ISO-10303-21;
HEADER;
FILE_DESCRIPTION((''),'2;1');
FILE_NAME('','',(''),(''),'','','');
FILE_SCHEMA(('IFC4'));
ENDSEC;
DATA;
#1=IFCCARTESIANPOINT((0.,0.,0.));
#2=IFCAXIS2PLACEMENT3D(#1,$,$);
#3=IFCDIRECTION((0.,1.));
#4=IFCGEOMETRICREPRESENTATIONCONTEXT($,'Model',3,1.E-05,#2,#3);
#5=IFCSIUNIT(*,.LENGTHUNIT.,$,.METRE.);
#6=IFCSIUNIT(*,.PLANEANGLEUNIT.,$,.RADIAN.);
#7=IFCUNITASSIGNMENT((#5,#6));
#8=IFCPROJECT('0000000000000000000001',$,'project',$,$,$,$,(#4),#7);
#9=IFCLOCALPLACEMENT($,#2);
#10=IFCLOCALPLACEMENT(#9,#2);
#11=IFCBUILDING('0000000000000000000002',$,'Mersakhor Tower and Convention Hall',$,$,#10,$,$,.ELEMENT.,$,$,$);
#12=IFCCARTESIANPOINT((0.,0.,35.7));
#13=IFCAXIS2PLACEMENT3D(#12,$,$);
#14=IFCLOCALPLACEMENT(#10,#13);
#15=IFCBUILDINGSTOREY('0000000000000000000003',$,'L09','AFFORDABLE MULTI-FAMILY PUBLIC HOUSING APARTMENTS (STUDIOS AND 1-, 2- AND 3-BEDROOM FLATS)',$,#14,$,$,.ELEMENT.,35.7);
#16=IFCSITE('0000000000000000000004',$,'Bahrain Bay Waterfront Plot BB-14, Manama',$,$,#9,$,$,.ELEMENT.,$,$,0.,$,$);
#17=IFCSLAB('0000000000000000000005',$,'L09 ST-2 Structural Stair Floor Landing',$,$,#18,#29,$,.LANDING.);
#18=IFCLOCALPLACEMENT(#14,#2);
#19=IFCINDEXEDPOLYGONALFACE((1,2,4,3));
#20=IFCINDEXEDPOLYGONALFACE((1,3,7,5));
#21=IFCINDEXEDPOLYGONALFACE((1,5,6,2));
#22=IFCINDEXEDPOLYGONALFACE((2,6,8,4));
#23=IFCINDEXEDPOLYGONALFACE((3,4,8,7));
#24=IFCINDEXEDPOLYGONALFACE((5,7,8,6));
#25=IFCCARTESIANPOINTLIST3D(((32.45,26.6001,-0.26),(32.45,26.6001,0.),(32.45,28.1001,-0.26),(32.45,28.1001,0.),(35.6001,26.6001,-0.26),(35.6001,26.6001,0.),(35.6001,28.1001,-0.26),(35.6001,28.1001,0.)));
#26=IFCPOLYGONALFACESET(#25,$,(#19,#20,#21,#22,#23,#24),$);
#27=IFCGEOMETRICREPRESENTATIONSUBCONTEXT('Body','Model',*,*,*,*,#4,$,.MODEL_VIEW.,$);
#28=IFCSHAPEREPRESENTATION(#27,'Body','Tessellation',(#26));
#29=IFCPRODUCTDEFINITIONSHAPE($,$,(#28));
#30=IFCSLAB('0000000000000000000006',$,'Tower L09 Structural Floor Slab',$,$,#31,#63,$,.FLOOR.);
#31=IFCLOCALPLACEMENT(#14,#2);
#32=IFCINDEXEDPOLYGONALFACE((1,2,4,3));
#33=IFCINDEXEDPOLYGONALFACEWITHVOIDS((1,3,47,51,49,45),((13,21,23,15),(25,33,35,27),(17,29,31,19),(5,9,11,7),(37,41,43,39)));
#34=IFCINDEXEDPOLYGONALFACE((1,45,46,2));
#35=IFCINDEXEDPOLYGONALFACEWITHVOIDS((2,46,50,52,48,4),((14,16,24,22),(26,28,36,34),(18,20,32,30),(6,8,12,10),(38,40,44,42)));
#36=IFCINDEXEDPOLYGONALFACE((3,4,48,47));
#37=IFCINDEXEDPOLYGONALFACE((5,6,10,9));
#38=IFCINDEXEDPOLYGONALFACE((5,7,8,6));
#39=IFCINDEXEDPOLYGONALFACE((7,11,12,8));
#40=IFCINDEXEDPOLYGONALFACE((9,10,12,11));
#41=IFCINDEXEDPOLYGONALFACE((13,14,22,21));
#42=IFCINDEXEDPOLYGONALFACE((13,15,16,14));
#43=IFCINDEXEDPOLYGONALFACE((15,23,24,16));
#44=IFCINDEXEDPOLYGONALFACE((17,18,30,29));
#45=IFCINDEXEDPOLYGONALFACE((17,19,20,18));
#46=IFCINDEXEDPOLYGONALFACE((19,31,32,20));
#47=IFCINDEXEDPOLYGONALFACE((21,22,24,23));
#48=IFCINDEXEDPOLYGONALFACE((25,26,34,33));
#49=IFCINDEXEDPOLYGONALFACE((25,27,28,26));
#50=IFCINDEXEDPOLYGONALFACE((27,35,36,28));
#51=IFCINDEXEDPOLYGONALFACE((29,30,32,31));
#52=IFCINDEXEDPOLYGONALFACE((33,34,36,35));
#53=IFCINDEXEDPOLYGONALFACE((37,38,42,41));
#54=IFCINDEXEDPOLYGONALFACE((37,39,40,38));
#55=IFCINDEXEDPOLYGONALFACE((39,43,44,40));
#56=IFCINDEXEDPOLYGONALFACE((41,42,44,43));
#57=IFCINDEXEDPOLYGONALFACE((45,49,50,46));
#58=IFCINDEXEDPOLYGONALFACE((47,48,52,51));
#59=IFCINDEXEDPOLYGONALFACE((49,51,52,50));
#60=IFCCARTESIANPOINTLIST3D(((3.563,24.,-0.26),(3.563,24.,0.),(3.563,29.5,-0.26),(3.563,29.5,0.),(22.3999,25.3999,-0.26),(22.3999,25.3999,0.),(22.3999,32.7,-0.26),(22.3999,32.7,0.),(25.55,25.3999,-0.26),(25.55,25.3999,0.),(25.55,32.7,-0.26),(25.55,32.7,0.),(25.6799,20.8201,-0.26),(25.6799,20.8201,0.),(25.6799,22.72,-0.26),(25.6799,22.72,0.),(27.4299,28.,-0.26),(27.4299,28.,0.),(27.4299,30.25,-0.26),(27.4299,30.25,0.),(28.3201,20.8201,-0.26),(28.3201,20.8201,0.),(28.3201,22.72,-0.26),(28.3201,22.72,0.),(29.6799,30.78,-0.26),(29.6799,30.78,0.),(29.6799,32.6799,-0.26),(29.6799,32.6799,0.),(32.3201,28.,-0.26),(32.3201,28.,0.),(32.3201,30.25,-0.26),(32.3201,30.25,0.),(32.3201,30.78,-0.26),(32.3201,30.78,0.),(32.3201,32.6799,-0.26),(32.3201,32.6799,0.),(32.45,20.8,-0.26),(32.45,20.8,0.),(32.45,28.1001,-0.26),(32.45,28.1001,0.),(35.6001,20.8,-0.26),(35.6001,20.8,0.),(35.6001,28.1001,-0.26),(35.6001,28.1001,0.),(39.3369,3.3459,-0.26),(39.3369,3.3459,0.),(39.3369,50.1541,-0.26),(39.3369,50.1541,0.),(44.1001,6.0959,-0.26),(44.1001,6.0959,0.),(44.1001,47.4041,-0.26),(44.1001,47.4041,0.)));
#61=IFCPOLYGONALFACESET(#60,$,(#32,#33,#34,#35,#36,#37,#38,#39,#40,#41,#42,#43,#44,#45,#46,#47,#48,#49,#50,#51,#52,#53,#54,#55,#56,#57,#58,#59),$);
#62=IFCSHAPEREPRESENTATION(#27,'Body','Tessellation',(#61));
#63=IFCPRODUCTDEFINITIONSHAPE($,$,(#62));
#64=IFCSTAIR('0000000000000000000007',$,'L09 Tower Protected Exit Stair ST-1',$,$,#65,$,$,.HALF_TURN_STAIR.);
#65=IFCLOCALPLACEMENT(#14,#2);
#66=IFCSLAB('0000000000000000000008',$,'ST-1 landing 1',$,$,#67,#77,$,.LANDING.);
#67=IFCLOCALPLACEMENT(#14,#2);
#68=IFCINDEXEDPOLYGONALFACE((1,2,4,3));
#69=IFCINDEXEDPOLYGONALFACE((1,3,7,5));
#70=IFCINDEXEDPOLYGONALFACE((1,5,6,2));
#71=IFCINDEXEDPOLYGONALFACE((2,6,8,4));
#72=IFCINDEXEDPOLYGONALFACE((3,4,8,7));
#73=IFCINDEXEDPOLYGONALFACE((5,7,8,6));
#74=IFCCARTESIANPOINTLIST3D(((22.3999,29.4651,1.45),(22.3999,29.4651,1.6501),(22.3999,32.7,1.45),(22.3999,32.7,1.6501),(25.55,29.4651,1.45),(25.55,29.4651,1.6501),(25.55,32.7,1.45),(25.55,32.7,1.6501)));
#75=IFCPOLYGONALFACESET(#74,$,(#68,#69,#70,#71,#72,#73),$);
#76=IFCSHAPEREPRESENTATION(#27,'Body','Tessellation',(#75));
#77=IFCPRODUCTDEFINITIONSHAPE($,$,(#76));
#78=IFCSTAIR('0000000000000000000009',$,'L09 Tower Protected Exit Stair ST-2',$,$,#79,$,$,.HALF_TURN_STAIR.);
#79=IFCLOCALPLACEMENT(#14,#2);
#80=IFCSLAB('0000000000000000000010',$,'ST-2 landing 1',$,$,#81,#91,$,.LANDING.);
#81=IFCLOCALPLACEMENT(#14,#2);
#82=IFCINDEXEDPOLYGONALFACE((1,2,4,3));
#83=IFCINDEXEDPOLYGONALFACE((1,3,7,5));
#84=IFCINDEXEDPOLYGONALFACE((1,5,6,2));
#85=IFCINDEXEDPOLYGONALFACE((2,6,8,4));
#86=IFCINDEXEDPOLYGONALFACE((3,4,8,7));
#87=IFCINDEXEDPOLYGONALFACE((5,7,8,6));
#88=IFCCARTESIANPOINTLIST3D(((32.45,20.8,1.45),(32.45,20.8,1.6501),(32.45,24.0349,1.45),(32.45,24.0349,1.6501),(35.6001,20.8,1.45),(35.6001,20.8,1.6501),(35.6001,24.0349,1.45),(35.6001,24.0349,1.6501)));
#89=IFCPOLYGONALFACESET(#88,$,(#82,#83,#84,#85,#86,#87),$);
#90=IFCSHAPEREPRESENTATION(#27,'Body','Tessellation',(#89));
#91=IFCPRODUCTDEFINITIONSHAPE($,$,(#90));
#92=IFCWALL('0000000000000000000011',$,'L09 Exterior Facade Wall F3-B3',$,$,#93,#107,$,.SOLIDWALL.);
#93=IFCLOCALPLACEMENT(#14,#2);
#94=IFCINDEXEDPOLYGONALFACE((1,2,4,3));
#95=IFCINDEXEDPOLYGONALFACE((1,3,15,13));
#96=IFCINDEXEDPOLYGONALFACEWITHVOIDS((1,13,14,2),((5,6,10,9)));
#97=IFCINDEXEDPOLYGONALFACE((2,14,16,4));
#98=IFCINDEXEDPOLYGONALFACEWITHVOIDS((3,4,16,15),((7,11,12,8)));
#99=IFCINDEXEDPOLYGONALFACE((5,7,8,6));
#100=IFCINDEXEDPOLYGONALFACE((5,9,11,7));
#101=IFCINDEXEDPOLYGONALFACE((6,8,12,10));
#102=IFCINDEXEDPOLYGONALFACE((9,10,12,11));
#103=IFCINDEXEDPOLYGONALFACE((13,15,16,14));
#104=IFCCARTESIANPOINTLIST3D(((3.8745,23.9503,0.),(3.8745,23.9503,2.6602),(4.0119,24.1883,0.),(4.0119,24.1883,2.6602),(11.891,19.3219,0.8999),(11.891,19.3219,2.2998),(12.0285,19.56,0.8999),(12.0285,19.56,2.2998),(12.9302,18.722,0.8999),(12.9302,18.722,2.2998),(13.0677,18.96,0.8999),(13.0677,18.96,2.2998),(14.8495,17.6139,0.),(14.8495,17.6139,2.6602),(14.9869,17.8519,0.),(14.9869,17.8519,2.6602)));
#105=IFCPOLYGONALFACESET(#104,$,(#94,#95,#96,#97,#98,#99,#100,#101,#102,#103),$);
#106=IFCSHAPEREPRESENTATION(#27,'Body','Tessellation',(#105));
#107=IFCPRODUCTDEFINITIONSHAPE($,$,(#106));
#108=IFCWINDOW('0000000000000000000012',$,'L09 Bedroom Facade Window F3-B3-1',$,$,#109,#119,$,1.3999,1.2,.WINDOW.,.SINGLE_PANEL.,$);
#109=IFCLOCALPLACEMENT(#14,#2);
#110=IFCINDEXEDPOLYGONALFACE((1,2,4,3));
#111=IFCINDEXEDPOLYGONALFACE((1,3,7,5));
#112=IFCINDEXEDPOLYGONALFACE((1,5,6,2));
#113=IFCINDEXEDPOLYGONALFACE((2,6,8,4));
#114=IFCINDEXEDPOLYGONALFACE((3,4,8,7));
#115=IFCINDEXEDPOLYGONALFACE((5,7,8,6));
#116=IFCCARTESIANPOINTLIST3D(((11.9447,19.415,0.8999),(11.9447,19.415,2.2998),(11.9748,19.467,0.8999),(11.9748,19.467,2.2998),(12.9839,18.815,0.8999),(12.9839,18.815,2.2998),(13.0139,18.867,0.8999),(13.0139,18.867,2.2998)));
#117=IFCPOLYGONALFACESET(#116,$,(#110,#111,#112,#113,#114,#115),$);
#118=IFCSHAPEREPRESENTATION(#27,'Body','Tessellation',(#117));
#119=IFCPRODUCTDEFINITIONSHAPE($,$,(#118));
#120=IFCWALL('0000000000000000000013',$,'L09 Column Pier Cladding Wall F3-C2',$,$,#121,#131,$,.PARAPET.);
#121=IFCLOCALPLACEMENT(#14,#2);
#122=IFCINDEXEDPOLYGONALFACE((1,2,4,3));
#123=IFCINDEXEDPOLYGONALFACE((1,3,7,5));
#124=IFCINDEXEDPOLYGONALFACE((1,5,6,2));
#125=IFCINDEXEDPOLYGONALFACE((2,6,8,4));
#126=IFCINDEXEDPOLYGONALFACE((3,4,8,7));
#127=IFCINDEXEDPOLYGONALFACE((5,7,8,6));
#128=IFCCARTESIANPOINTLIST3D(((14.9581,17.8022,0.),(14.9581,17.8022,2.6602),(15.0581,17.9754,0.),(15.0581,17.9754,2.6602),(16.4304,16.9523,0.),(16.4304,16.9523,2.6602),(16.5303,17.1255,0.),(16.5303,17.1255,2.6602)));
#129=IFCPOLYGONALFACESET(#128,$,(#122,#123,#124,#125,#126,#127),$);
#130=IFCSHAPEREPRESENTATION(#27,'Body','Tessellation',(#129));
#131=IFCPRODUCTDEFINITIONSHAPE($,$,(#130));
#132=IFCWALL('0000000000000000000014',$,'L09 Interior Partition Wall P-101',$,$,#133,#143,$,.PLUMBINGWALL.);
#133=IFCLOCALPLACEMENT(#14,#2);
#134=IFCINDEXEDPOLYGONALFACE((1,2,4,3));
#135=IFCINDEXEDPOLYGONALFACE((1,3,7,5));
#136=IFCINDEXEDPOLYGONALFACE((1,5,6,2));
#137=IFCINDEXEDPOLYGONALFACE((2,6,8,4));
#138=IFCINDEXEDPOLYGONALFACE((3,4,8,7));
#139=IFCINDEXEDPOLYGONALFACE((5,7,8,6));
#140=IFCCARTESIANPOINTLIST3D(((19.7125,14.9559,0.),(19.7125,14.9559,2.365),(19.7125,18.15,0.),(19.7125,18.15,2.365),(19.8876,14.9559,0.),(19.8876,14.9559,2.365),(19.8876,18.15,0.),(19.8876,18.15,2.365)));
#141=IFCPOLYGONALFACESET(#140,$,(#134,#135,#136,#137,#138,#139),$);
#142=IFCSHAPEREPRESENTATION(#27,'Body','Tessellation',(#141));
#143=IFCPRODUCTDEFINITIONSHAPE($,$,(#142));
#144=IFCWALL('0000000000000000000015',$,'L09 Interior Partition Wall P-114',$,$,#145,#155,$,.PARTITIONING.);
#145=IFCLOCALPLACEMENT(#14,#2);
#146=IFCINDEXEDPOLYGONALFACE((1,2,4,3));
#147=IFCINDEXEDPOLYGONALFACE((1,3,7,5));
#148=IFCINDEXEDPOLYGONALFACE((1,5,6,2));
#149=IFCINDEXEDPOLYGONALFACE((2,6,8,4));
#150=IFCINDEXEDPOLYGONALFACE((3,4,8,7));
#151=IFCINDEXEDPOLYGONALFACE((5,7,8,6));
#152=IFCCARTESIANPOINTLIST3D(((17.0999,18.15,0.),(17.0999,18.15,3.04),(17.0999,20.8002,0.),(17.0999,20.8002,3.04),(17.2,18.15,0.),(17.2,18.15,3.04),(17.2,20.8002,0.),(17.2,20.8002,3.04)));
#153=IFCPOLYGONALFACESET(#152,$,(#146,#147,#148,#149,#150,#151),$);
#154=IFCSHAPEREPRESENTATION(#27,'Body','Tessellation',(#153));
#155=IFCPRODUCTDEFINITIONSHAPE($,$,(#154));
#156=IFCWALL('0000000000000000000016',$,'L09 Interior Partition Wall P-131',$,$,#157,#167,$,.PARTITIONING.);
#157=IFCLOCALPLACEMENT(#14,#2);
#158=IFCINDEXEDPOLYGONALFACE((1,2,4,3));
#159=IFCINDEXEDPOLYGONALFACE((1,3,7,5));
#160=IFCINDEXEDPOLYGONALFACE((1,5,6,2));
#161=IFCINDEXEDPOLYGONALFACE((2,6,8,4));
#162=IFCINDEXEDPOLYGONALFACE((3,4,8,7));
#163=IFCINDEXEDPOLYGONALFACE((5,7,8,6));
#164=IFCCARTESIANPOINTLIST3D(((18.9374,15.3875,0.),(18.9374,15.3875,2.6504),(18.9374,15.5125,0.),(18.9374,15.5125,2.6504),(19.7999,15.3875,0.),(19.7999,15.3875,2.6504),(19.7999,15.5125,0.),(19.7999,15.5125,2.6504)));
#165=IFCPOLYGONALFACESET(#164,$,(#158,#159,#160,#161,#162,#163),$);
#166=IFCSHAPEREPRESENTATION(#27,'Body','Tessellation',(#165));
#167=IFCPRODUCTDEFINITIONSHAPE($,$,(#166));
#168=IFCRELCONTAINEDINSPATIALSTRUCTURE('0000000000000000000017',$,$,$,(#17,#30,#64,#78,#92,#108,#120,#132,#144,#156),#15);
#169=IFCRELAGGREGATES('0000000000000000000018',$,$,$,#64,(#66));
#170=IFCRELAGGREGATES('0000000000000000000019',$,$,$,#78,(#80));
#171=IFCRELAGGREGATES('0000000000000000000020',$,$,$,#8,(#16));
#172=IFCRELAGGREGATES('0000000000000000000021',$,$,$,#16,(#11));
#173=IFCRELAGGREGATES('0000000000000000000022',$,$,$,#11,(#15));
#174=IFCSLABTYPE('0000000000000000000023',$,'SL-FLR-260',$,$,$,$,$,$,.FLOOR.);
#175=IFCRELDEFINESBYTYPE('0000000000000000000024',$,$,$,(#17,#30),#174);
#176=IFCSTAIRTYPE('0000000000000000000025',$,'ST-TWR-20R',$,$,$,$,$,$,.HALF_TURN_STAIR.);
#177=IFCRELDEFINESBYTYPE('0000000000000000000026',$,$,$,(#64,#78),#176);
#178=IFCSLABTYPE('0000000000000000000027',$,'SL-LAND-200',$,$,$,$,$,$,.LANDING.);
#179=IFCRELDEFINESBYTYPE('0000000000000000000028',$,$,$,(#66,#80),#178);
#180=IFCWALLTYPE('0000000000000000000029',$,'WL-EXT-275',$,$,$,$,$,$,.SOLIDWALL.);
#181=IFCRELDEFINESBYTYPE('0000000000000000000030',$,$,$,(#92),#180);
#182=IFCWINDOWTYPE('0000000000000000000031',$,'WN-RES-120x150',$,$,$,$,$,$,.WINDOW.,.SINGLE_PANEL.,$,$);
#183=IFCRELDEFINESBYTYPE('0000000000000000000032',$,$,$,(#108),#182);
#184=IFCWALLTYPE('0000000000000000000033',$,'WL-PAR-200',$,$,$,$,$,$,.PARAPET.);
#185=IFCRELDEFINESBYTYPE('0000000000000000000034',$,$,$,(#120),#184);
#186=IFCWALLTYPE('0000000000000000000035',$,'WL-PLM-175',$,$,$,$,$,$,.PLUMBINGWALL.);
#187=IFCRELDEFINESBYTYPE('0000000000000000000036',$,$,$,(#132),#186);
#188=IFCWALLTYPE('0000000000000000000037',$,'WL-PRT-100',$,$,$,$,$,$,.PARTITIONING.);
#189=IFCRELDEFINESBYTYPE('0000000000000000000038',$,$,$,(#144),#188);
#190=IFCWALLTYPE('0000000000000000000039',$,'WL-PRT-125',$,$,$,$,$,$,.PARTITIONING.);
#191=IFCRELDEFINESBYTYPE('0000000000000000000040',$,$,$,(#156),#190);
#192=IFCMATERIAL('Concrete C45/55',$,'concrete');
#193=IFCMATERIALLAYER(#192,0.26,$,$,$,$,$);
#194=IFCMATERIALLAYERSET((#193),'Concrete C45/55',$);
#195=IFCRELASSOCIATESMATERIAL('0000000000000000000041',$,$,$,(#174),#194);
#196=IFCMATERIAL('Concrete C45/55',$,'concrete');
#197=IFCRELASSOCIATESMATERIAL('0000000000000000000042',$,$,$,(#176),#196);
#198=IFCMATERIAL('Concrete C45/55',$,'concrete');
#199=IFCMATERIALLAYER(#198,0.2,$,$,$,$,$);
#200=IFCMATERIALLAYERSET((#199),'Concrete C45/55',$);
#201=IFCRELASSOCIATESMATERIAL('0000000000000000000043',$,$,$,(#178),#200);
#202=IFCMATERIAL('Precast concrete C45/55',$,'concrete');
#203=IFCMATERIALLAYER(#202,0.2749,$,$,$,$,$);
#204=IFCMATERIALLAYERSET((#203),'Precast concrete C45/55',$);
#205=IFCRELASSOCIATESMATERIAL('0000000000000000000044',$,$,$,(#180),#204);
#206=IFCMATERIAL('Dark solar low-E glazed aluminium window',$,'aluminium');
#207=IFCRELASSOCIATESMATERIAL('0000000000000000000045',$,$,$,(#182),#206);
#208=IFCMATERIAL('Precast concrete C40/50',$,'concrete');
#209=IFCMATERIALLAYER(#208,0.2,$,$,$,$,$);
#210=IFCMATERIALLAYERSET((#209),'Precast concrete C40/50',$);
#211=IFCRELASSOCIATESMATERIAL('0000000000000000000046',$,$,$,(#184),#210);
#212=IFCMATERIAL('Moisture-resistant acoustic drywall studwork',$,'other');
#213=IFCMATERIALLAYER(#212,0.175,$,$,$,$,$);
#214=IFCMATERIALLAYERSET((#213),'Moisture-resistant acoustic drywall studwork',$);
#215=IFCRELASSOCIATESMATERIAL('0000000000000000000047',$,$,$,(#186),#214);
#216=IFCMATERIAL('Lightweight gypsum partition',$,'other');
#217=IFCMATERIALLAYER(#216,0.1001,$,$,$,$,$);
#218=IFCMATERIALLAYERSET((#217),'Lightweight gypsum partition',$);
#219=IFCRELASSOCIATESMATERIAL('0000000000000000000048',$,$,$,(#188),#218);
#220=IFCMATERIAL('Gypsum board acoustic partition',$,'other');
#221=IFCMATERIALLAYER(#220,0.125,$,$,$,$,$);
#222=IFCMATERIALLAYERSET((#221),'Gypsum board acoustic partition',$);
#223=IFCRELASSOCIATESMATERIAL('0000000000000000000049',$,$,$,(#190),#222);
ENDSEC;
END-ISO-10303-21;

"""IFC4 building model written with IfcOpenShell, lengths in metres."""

from ifc_helpers import new_model, si_unit, direction, frame, frame_2d, origin, place, context, subcontext, project, spatial, polyline, rectangle, outline, extrude, material, layer, layer_set, type_object, element, fill, aggregate, save


model = new_model("IFC4")

# Units and contexts
model_context = context("Model", 3, precision=1e-05, world=origin(), true_north=direction((0.0, 1.0)))
body_context = subcontext(model_context, "Body", "Model", "MODEL_VIEW")
ifc_project = project(units=[si_unit("LENGTHUNIT", "METRE"), si_unit("PLANEANGLEUNIT", "RADIAN")], contexts=[model_context])

# Site, building, storey
site_placement = place(None, origin())
site = spatial("IfcSite", under=ifc_project, at=site_placement, Name="Bahrain Bay Waterfront Plot BB-14, Manama", CompositionType="ELEMENT", RefElevation=0.0)
building_placement = place(site_placement, origin())
building = spatial("IfcBuilding", under=site, at=building_placement, Name="Mersakhor Tower and Convention Hall", CompositionType="ELEMENT")
storey_placement = place(building_placement, frame((0.0, 0.0, 35.7)))
storey = spatial("IfcBuildingStorey", under=building, at=storey_placement, Name="L09", Description="AFFORDABLE MULTI-FAMILY PUBLIC HOUSING APARTMENTS (STUDIOS AND 1-, 2- AND 3-BEDROOM FLATS)", CompositionType="ELEMENT", Elevation=35.7)

# Slabs
ifc_material_1 = material(Name="Concrete C45/55", Category="concrete")
ifc_layer_1 = layer(ifc_material_1, 0.26)
ifc_layer_set_1 = layer_set([ifc_layer_1], Name="Concrete C45/55")
slab_type_1 = type_object("IfcSlabType", Name="SL-FLR-260", PredefinedType="FLOOR", material=ifc_layer_set_1)
slab_1_placement = place(storey_placement, frame((0.0, 0.0, -0.26)))
element("IfcSlab", 1, at=slab_1_placement, inside=storey, type_object=slab_type_1, Name="L09 ST-2 Structural Stair Floor Landing", PredefinedType="LANDING", context=body_context, shape_type="SweptSolid", body=[
    extrude(outline(polyline([(32.45, 28.1001), (32.45, 26.6001), (35.6001, 26.6001), (35.6001, 28.1001), (32.45, 28.1001)])), origin(), (0.0, 0.0, 1.0), 0.26),
])
slab_2_placement = place(storey_placement, frame((0.0, 0.0, -0.26)))
element("IfcSlab", 2, at=slab_2_placement, inside=storey, type_object=slab_type_1, Name="Tower L09 Structural Floor Slab", PredefinedType="FLOOR", context=body_context, shape_type="SweptSolid", body=[
    extrude(outline(polyline([(3.563, 29.5), (39.3369, 50.1541), (44.1001, 47.4041), (44.1001, 6.0959), (39.3369, 3.3459), (3.563, 24.0), (3.563, 29.5)]), holes=[polyline([(25.55, 25.3999), (25.55, 32.7), (22.3999, 32.7), (22.3999, 25.3999), (25.55, 25.3999)]), polyline([(32.45, 28.1001), (32.45, 20.8), (35.6001, 20.8), (35.6001, 28.1001), (32.45, 28.1001)]), polyline([(25.6799, 20.8201), (25.6799, 22.72), (28.3201, 22.72), (28.3201, 20.8201), (25.6799, 20.8201)]), polyline([(29.6799, 30.78), (29.6799, 32.6799), (32.3201, 32.6799), (32.3201, 30.78), (29.6799, 30.78)]), polyline([(27.4299, 28.0), (27.4299, 30.25), (32.3201, 30.25), (32.3201, 28.0), (27.4299, 28.0)])]), origin(), (0.0, 0.0, 1.0), 0.26),
])

# Stairs, slabs
ifc_material_2 = material(Name="Concrete C45/55", Category="concrete")
stair_type = type_object("IfcStairType", Name="ST-TWR-20R", PredefinedType="HALF_TURN_STAIR", material=ifc_material_2)
stair_1_placement = place(storey_placement, origin())
stair_1 = element("IfcStair", 3, at=stair_1_placement, inside=storey, type_object=stair_type, Name="L09 Tower Protected Exit Stair ST-1", PredefinedType="HALF_TURN_STAIR")
ifc_material_3 = material(Name="Concrete C45/55", Category="concrete")
ifc_layer_2 = layer(ifc_material_3, 0.2)
ifc_layer_set_2 = layer_set([ifc_layer_2], Name="Concrete C45/55")
slab_type_2 = type_object("IfcSlabType", Name="SL-LAND-200", PredefinedType="LANDING", material=ifc_layer_set_2)
slab_3_placement = place(storey_placement, frame((0.0, 0.0, 1.45)))
slab_3 = element("IfcSlab", 4, at=slab_3_placement, type_object=slab_type_2, Name="ST-1 landing 1", PredefinedType="LANDING", context=body_context, shape_type="SweptSolid", body=[
    extrude(outline(polyline([(25.55, 29.4651), (25.55, 32.7), (22.3999, 32.7), (22.3999, 29.4651), (25.55, 29.4651)])), origin(), (0.0, 0.0, 1.0), 0.2002),
])
aggregate(stair_1, [slab_3])
stair_2_placement = place(storey_placement, origin())
stair_2 = element("IfcStair", 5, at=stair_2_placement, inside=storey, type_object=stair_type, Name="L09 Tower Protected Exit Stair ST-2", PredefinedType="HALF_TURN_STAIR")
slab_4_placement = place(storey_placement, frame((0.0, 0.0, 1.45)))
slab_4 = element("IfcSlab", 6, at=slab_4_placement, type_object=slab_type_2, Name="ST-2 landing 1", PredefinedType="LANDING", context=body_context, shape_type="SweptSolid", body=[
    extrude(outline(polyline([(32.45, 24.0349), (32.45, 20.8), (35.6001, 20.8), (35.6001, 24.0349), (32.45, 24.0349)])), origin(), (0.0, 0.0, 1.0), 0.2002),
])
aggregate(stair_2, [slab_4])

# Wall, opening, window
ifc_material_4 = material(Name="Precast concrete C45/55", Category="concrete")
ifc_layer_3 = layer(ifc_material_4, 0.2749)
ifc_layer_set_3 = layer_set([ifc_layer_3], Name="Precast concrete C45/55")
wall_type_1 = type_object("IfcWallType", Name="WL-EXT-275", PredefinedType="SOLIDWALL", material=ifc_layer_set_3)
wall_1_placement = place(storey_placement, frame((14.9182, 17.7329, 0.0), z_axis=(0.0, 0.0, 1.0), x_axis=(-0.866027, 0.499997, 0.0)))
wall_1 = element("IfcWall", 7, at=wall_1_placement, inside=storey, type_object=wall_type_1, Name="L09 Exterior Facade Wall F3-B3", PredefinedType="SOLIDWALL", context=body_context, shape_type="SweptSolid", body=[
    extrude(rectangle(XDim=12.6729, YDim=0.2749, at=frame_2d((6.3364, 0.0))), origin(), (0.0, 0.0, 1.0), 2.6602),
])
opening_placement = place(wall_1_placement, frame((2.2161, 0.0, 0.8999)))
opening = element("IfcOpeningElement", 8, at=opening_placement, cuts=wall_1, PredefinedType="OPENING", context=body_context, shape_type="SweptSolid", body=[
    extrude(rectangle(XDim=1.2, YDim=1.3999, at=frame_2d((0.6001, 0.7))), frame((0.0, 0.1475, 0.0), z_axis=(0.0, -1.0, 0.0), x_axis=(1.0, 0.0, 0.0)), (0.0, 0.0, 1.0), 0.2949),
])
ifc_material_5 = material(Name="Dark solar low-E glazed aluminium window", Category="aluminium")
window_type = type_object("IfcWindowType", Name="WN-RES-120x150", PartitioningType="SINGLE_PANEL", PredefinedType="WINDOW", material=ifc_material_5)
window_placement = place(opening_placement, origin())
window = element("IfcWindow", 9, at=window_placement, inside=storey, type_object=window_type, Name="L09 Bedroom Facade Window F3-B3-1", OverallHeight=1.3999, OverallWidth=1.2, PartitioningType="SINGLE_PANEL", PredefinedType="WINDOW", context=body_context, shape_type="SweptSolid", body=[
    extrude(rectangle(XDim=1.2, YDim=1.3999, at=frame_2d((0.6001, 0.7))), frame((0.0, 0.03, 0.0), z_axis=(0.0, -1.0, 0.0), x_axis=(1.0, 0.0, 0.0)), (0.0, 0.0, 1.0), 0.0601),
])
fill(opening, window)

# Walls
ifc_material_6 = material(Name="Precast concrete C40/50", Category="concrete")
ifc_layer_4 = layer(ifc_material_6, 0.2)
ifc_layer_set_4 = layer_set([ifc_layer_4], Name="Precast concrete C40/50")
wall_type_2 = type_object("IfcWallType", Name="WL-PAR-200", PredefinedType="PARAPET", material=ifc_layer_set_4)
wall_2_placement = place(storey_placement, frame((16.4805, 17.0388, 0.0), z_axis=(0.0, 0.0, 1.0), x_axis=(-0.866052, 0.499955, 0.0)))
element("IfcWall", 10, at=wall_2_placement, inside=storey, type_object=wall_type_2, Name="L09 Column Pier Cladding Wall F3-C2", PredefinedType="PARAPET", context=body_context, shape_type="SweptSolid", body=[
    extrude(rectangle(XDim=1.7, YDim=0.2, at=frame_2d((0.8501, 0.0))), origin(), (0.0, 0.0, 1.0), 2.6602),
])
ifc_material_7 = material(Name="Moisture-resistant acoustic drywall studwork", Category="other")
ifc_layer_5 = layer(ifc_material_7, 0.175)
ifc_layer_set_5 = layer_set([ifc_layer_5], Name="Moisture-resistant acoustic drywall studwork")
wall_type_3 = type_object("IfcWallType", Name="WL-PLM-175", PredefinedType="PLUMBINGWALL", material=ifc_layer_set_5)
wall_3_placement = place(storey_placement, frame((19.8, 14.9558, 0.0), z_axis=(0.0, 0.0, 1.0), x_axis=(0.0, 1.0, 0.0)))
element("IfcWall", 11, at=wall_3_placement, inside=storey, type_object=wall_type_3, Name="L09 Interior Partition Wall P-101", PredefinedType="PLUMBINGWALL", context=body_context, shape_type="SweptSolid", body=[
    extrude(rectangle(XDim=3.1941, YDim=0.175, at=frame_2d((1.5972, 0.0))), origin(), (0.0, 0.0, 1.0), 2.365),
])
ifc_material_8 = material(Name="Lightweight gypsum partition", Category="other")
ifc_layer_6 = layer(ifc_material_8, 0.1001)
ifc_layer_set_6 = layer_set([ifc_layer_6], Name="Lightweight gypsum partition")
wall_type_4 = type_object("IfcWallType", Name="WL-PRT-100", PredefinedType="PARTITIONING", material=ifc_layer_set_6)
wall_4_placement = place(storey_placement, frame((17.1499, 18.1499, 0.0), z_axis=(0.0, 0.0, 1.0), x_axis=(0.0, 1.0, 0.0)))
element("IfcWall", 12, at=wall_4_placement, inside=storey, type_object=wall_type_4, Name="L09 Interior Partition Wall P-114", PredefinedType="PARTITIONING", context=body_context, shape_type="SweptSolid", body=[
    extrude(rectangle(XDim=2.6501, YDim=0.1001, at=frame_2d((1.3252, 0.0))), origin(), (0.0, 0.0, 1.0), 3.04),
])
ifc_material_9 = material(Name="Gypsum board acoustic partition", Category="other")
ifc_layer_7 = layer(ifc_material_9, 0.125)
ifc_layer_set_7 = layer_set([ifc_layer_7], Name="Gypsum board acoustic partition")
wall_type_5 = type_object("IfcWallType", Name="WL-PRT-125", PredefinedType="PARTITIONING", material=ifc_layer_set_7)
wall_5_placement = place(storey_placement, frame((18.9375, 15.45, 0.0), z_axis=(0.0, 0.0, 1.0), x_axis=(1.0, 0.0, 0.0)))
element("IfcWall", 13, at=wall_5_placement, inside=storey, type_object=wall_type_5, Name="L09 Interior Partition Wall P-131", PredefinedType="PARTITIONING", context=body_context, shape_type="SweptSolid", body=[
    extrude(rectangle(XDim=0.8625, YDim=0.125, at=frame_2d((0.4312, 0.0))), origin(), (0.0, 0.0, 1.0), 2.6504),
])

save(model, "model.ifc")
